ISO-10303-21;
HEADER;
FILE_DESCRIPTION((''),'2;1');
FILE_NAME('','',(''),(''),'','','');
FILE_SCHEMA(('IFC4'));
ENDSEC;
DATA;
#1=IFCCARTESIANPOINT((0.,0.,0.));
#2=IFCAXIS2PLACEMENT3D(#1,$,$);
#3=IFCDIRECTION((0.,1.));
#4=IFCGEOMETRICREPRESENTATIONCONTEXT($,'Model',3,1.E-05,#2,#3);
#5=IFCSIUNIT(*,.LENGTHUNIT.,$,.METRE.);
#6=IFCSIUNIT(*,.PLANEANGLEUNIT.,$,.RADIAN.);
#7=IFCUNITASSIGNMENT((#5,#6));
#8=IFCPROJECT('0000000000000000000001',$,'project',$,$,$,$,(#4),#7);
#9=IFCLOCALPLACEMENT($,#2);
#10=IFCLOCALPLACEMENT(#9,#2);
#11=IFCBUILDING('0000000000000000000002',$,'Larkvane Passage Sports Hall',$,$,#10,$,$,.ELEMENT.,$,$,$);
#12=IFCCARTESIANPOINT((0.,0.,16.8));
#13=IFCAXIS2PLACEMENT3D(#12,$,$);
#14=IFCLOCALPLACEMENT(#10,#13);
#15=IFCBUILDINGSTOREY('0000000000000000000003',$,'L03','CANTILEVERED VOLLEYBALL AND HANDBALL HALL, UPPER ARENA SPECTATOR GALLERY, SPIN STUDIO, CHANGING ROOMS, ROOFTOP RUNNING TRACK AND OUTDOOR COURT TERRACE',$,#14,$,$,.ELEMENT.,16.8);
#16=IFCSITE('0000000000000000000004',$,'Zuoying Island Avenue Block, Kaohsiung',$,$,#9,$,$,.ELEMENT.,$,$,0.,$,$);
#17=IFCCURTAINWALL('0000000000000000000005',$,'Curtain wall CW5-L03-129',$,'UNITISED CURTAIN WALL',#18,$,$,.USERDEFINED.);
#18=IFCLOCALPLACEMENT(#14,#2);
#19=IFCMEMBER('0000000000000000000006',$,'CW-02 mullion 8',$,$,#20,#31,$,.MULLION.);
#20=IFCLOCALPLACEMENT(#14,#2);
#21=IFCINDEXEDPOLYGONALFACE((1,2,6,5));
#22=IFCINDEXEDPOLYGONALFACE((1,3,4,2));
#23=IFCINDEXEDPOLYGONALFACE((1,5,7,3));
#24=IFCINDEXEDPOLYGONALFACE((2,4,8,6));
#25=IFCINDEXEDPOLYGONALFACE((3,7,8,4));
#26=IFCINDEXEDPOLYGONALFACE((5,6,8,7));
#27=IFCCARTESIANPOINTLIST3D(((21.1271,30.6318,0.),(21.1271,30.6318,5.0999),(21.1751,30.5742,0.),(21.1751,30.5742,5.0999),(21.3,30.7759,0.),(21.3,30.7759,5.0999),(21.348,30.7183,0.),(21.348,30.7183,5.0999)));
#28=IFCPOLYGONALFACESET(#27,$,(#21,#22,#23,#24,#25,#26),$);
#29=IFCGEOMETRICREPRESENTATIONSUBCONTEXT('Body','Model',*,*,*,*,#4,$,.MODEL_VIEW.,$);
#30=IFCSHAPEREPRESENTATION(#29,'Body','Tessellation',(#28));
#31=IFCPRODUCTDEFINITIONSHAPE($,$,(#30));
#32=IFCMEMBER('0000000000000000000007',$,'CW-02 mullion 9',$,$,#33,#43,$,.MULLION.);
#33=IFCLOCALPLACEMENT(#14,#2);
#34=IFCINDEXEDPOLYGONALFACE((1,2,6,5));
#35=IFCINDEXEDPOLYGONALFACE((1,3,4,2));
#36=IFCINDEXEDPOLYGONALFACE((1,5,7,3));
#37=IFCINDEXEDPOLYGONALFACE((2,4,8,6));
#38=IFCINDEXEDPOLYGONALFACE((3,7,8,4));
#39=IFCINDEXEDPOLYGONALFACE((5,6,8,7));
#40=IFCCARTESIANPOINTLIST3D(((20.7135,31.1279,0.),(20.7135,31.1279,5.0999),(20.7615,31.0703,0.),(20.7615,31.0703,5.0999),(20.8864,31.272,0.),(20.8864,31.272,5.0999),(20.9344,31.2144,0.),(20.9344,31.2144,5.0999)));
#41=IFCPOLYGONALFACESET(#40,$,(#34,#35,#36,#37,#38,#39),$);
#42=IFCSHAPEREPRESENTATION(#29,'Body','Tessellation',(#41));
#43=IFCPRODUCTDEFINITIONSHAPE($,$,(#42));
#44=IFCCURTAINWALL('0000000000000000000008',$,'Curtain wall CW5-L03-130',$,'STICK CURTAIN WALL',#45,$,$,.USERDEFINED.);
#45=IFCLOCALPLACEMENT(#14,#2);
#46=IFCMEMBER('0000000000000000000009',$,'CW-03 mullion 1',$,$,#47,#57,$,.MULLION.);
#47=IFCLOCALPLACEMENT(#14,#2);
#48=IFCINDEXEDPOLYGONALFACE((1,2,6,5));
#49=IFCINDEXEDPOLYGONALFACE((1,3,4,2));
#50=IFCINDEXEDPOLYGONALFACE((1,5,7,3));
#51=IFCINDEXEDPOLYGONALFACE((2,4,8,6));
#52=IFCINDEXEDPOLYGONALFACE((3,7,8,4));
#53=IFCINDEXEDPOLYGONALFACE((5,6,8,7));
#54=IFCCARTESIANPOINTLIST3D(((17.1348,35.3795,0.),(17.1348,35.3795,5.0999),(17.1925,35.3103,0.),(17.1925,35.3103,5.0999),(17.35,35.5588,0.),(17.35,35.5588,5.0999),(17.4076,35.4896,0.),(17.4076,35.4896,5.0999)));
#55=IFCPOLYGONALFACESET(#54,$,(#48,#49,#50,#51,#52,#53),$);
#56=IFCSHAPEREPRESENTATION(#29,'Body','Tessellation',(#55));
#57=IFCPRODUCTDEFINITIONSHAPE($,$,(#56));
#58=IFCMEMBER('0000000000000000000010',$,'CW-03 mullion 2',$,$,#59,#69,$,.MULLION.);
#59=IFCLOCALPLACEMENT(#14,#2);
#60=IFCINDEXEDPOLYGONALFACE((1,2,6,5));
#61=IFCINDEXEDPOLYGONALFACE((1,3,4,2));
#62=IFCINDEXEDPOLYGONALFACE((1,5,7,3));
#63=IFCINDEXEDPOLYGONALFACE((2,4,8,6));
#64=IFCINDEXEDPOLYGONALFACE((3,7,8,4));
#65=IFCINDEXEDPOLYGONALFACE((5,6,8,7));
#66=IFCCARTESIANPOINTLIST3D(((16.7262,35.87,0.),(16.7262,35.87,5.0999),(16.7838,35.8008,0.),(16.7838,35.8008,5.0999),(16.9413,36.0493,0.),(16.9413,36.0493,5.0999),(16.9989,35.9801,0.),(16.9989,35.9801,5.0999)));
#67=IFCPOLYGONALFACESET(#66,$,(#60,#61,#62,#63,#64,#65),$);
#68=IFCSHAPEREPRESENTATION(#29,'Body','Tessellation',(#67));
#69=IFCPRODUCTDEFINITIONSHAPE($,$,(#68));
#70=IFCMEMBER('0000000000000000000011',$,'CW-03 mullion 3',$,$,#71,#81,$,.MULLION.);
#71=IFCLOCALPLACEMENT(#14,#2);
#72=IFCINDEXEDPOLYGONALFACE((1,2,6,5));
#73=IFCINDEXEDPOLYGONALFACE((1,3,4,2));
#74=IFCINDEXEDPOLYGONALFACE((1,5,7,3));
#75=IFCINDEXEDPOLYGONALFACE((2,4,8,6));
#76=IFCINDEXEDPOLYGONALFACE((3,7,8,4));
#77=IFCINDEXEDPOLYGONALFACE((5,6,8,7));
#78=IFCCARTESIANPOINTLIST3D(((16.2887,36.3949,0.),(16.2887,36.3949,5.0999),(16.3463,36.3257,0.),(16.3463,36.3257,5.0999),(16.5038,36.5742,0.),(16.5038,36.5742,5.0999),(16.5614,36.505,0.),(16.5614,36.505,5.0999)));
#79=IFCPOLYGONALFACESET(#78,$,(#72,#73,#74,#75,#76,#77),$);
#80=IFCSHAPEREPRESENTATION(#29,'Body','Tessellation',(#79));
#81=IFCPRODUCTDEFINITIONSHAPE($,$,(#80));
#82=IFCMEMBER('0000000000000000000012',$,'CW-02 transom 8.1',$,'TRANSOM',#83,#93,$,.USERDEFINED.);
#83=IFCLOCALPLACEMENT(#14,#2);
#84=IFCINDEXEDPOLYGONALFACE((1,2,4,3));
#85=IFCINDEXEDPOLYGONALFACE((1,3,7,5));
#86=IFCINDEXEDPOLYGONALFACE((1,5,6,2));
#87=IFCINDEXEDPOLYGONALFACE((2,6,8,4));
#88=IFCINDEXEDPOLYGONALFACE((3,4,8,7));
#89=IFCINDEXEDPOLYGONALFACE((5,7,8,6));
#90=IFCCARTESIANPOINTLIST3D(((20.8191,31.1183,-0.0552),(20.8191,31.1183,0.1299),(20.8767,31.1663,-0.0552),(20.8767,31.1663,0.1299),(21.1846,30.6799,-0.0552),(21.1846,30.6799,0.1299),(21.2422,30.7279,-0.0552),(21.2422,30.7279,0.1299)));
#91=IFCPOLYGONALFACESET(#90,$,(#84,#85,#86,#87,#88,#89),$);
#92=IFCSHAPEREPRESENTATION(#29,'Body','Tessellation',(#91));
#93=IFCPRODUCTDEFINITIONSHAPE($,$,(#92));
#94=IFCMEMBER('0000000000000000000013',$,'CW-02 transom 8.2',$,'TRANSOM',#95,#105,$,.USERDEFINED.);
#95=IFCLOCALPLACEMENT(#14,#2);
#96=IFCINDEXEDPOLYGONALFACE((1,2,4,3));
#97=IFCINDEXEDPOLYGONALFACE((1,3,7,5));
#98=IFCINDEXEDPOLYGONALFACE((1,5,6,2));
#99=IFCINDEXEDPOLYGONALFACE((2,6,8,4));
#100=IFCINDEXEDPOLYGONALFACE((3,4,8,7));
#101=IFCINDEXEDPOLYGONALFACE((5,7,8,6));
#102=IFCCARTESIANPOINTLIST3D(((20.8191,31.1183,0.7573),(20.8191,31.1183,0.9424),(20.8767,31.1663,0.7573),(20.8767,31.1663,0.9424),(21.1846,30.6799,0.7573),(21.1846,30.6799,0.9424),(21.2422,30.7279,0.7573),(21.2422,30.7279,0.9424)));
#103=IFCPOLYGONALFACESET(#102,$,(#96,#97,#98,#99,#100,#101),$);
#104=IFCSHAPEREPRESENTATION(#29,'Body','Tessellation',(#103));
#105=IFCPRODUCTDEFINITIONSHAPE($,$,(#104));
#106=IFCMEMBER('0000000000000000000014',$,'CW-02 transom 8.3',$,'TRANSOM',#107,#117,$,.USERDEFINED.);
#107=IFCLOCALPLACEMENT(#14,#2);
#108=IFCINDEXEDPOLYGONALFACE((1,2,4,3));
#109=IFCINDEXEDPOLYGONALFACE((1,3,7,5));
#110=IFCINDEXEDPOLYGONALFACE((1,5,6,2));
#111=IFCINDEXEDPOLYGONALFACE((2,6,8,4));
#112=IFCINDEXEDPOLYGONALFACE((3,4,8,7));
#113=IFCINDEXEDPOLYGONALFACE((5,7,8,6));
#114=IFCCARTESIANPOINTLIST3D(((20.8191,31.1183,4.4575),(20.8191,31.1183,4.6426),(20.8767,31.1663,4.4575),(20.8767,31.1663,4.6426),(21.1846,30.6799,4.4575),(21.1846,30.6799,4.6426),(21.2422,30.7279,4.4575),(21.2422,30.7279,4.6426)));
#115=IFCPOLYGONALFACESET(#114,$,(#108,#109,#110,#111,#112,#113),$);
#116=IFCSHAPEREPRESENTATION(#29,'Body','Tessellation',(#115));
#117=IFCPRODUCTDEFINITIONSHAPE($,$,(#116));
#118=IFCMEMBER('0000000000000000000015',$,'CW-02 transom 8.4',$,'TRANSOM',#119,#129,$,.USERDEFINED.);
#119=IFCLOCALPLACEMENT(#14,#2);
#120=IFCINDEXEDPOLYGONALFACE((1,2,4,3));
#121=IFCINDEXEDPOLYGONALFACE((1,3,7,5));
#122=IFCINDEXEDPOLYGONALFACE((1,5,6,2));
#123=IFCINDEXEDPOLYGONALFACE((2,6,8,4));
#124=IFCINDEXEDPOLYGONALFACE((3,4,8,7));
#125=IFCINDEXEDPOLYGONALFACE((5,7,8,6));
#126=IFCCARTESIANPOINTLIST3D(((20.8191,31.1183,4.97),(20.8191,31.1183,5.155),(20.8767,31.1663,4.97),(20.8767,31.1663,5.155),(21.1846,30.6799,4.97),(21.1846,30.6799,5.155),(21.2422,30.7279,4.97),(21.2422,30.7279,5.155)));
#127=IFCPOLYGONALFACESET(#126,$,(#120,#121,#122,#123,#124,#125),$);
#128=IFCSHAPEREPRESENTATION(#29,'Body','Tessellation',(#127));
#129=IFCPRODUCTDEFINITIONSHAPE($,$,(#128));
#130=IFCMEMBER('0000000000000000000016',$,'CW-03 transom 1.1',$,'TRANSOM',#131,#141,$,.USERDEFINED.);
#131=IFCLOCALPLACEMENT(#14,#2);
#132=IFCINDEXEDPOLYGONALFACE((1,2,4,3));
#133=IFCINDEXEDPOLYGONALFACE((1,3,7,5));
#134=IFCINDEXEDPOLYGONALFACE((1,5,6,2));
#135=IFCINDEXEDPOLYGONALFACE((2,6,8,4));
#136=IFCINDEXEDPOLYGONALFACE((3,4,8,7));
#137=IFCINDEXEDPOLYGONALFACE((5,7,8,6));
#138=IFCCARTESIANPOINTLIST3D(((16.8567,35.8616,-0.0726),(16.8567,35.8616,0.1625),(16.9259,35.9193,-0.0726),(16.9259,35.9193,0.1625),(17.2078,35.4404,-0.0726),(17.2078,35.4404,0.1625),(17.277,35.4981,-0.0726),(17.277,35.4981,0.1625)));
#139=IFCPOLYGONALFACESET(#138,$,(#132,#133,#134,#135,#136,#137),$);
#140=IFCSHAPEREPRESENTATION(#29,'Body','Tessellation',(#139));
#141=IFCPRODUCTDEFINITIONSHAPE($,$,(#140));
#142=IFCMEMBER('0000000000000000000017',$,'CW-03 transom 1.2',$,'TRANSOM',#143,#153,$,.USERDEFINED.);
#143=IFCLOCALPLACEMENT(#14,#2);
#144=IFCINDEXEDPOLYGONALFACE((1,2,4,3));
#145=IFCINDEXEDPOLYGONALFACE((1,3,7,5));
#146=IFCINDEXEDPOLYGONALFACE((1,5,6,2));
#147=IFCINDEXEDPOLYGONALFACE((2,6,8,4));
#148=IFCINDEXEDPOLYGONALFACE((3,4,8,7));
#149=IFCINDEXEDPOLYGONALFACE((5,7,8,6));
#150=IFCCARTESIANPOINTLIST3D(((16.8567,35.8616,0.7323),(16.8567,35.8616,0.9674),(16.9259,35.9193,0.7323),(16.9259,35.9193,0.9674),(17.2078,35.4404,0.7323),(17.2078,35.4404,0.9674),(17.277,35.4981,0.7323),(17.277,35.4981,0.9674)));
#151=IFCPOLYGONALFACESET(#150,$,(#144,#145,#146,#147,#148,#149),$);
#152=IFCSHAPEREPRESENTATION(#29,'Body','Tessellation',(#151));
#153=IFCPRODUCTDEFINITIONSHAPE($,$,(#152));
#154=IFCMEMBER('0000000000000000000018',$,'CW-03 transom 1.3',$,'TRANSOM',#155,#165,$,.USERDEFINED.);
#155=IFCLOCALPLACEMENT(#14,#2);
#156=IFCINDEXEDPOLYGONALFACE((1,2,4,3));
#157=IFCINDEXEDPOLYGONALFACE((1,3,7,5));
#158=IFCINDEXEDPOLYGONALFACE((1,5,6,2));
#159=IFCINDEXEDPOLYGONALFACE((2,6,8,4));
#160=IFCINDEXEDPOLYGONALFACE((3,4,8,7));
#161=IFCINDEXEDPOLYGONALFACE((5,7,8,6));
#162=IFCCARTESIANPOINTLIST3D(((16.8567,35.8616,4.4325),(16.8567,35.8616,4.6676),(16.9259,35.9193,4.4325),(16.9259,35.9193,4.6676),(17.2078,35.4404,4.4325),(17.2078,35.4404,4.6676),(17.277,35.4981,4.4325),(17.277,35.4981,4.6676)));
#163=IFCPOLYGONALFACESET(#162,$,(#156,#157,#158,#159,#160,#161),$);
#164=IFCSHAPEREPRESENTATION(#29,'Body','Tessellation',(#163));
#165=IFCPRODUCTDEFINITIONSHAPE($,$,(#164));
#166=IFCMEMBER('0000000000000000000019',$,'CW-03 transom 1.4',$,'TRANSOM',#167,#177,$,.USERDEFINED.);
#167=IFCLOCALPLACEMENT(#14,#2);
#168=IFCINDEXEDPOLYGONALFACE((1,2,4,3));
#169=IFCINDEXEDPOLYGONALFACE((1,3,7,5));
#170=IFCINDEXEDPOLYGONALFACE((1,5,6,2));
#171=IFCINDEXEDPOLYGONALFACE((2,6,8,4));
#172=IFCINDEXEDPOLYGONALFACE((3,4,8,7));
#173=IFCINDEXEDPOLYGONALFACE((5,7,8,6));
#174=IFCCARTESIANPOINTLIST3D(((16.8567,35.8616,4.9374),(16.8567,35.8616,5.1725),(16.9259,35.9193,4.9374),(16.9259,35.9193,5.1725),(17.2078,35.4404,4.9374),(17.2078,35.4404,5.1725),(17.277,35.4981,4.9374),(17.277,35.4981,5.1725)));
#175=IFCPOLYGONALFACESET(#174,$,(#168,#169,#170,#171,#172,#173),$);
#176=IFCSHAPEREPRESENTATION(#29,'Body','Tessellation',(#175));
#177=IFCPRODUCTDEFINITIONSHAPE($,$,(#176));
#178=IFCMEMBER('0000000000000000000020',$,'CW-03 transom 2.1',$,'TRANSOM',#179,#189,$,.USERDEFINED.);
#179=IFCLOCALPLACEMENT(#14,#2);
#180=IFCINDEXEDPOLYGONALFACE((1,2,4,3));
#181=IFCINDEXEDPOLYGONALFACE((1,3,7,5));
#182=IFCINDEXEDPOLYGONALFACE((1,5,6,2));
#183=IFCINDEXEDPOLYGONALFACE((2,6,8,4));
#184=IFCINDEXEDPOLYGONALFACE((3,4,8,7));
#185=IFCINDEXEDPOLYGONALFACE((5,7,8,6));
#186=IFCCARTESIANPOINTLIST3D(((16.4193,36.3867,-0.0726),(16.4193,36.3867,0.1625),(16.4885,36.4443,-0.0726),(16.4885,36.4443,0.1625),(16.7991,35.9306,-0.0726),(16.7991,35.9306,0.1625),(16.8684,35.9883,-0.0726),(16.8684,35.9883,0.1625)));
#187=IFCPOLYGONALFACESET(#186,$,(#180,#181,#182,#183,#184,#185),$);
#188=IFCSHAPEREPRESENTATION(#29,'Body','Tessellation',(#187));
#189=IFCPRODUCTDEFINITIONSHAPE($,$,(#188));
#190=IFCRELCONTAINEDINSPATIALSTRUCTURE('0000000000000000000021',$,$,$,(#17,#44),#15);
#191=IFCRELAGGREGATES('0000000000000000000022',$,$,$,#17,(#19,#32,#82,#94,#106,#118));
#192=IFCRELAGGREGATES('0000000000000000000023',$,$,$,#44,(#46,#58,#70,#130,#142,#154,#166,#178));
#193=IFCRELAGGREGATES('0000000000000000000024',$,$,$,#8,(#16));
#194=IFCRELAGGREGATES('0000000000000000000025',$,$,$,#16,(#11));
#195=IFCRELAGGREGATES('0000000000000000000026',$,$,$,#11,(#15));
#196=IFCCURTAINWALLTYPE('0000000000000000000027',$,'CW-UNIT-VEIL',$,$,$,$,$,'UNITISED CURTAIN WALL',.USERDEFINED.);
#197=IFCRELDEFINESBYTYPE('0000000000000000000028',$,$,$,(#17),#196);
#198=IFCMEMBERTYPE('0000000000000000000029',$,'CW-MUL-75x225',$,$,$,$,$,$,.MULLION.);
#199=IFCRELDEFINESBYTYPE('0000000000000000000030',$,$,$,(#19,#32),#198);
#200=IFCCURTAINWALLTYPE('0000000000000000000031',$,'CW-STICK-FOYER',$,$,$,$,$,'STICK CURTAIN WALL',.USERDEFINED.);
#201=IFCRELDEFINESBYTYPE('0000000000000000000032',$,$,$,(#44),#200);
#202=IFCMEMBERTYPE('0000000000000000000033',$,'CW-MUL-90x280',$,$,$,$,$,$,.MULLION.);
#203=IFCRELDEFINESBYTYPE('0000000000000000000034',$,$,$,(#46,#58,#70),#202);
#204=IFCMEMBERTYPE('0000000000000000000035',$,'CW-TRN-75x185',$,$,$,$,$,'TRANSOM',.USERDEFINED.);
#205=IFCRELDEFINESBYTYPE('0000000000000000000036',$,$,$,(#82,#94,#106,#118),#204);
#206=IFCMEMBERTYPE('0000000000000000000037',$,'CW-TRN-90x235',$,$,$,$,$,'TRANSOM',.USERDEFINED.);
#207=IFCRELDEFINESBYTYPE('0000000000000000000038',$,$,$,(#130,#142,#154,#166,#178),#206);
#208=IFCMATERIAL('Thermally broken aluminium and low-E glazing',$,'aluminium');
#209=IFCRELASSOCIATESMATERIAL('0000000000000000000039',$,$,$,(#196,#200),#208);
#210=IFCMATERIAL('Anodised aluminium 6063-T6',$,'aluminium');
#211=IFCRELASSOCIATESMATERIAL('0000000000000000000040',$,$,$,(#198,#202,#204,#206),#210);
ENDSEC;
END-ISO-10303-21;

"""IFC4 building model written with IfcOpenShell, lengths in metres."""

from ifc_helpers import new_model, si_unit, direction, frame, origin, origin_2d, place, context, subcontext, project, spatial, rectangle, extrude, material, material_profile, profile_set, type_object, element, aggregate, save


model = new_model("IFC4")

# Units and contexts
model_context = context("Model", 3, precision=1e-05, world=origin(), true_north=direction((0.0, 1.0)))
body_context = subcontext(model_context, "Body", "Model", "MODEL_VIEW")
ifc_project = project(units=[si_unit("LENGTHUNIT", "METRE"), si_unit("PLANEANGLEUNIT", "RADIAN")], contexts=[model_context])

# Site, building, storey
site_placement = place(None, origin())
site = spatial("IfcSite", under=ifc_project, at=site_placement, Name="Zuoying Island Avenue Block, Kaohsiung", CompositionType="ELEMENT", RefElevation=0.0)
building_placement = place(site_placement, origin())
building = spatial("IfcBuilding", under=site, at=building_placement, Name="Larkvane Passage Sports Hall", CompositionType="ELEMENT")
storey_placement = place(building_placement, frame((0.0, 0.0, 16.8)))
storey = spatial("IfcBuildingStorey", under=building, at=storey_placement, Name="L03", Description="CANTILEVERED VOLLEYBALL AND HANDBALL HALL, UPPER ARENA SPECTATOR GALLERY, SPIN STUDIO, CHANGING ROOMS, ROOFTOP RUNNING TRACK AND OUTDOOR COURT TERRACE", CompositionType="ELEMENT", Elevation=16.8)

# Curtain walls, members
ifc_material_1 = material(Name="Thermally broken aluminium and low-E glazing", Category="aluminium")
curtain_wall_type_1 = type_object("IfcCurtainWallType", Name="CW-UNIT-VEIL", ElementType="UNITISED CURTAIN WALL", PredefinedType="USERDEFINED", material=ifc_material_1)
curtain_wall_1_placement = place(storey_placement, origin())
curtain_wall_1 = element("IfcCurtainWall", 1, at=curtain_wall_1_placement, inside=storey, type_object=curtain_wall_type_1, Name="Curtain wall CW5-L03-129", ObjectType="UNITISED CURTAIN WALL", PredefinedType="USERDEFINED")
ifc_material_2 = material(Name="Anodised aluminium 6063-T6", Category="aluminium")
ifc_material_profile_1 = material_profile(ifc_material_2, rectangle(XDim=0.075, YDim=0.2251, at=origin_2d()), Name="ALU-MUL-75x225")
ifc_profile_set_1 = profile_set([ifc_material_profile_1], Name="Anodised aluminium 6063-T6")
member_type_1 = type_object("IfcMemberType", Name="CW-MUL-75x225", PredefinedType="MULLION", material=ifc_profile_set_1)
member_1_placement = place(storey_placement, frame((21.2375, 30.675, 0.0), z_axis=(0.0, 0.0, 1.0), x_axis=(-0.640184, 0.768221, 0.0)))
member_1 = element("IfcMember", 2, at=member_1_placement, type_object=member_type_1, Name="CW-02 mullion 8", PredefinedType="MULLION", context=body_context, shape_type="SweptSolid", body=[
    extrude(rectangle(XDim=0.075, YDim=0.2251, at=origin_2d()), origin(), (0.0, 0.0, 1.0), 5.0999),
])
member_2_placement = place(storey_placement, frame((20.824, 31.1711, 0.0), z_axis=(0.0, 0.0, 1.0), x_axis=(-0.640184, 0.768221, 0.0)))
member_2 = element("IfcMember", 3, at=member_2_placement, type_object=member_type_1, Name="CW-02 mullion 9", PredefinedType="MULLION", context=body_context, shape_type="SweptSolid", body=[
    extrude(rectangle(XDim=0.075, YDim=0.2251, at=origin_2d()), origin(), (0.0, 0.0, 1.0), 5.0999),
])
curtain_wall_type_2 = type_object("IfcCurtainWallType", Name="CW-STICK-FOYER", ElementType="STICK CURTAIN WALL", PredefinedType="USERDEFINED", material=ifc_material_1)
curtain_wall_2_placement = place(storey_placement, origin())
curtain_wall_2 = element("IfcCurtainWall", 4, at=curtain_wall_2_placement, inside=storey, type_object=curtain_wall_type_2, Name="Curtain wall CW5-L03-130", ObjectType="STICK CURTAIN WALL", PredefinedType="USERDEFINED")
ifc_material_profile_2 = material_profile(ifc_material_2, rectangle(XDim=0.0901, YDim=0.28, at=origin_2d()), Name="ALU-MUL-90x280")
ifc_profile_set_2 = profile_set([ifc_material_profile_2], Name="Anodised aluminium 6063-T6")
member_type_2 = type_object("IfcMemberType", Name="CW-MUL-90x280", PredefinedType="MULLION", material=ifc_profile_set_2)
member_3_placement = place(storey_placement, frame((17.2712, 35.4346, 0.0), z_axis=(0.0, 0.0, 1.0), x_axis=(-0.640184, 0.768221, 0.0)))
member_3 = element("IfcMember", 5, at=member_3_placement, type_object=member_type_2, Name="CW-03 mullion 1", PredefinedType="MULLION", context=body_context, shape_type="SweptSolid", body=[
    extrude(rectangle(XDim=0.0901, YDim=0.28, at=origin_2d()), origin(), (0.0, 0.0, 1.0), 5.0999),
])
member_4_placement = place(storey_placement, frame((16.8625, 35.925, 0.0), z_axis=(0.0, 0.0, 1.0), x_axis=(-0.640184, 0.768221, 0.0)))
member_4 = element("IfcMember", 6, at=member_4_placement, type_object=member_type_2, Name="CW-03 mullion 2", PredefinedType="MULLION", context=body_context, shape_type="SweptSolid", body=[
    extrude(rectangle(XDim=0.0901, YDim=0.28, at=origin_2d()), origin(), (0.0, 0.0, 1.0), 5.0999),
])
member_5_placement = place(storey_placement, frame((16.425, 36.45, 0.0), z_axis=(0.0, 0.0, 1.0), x_axis=(-0.640184, 0.768221, 0.0)))
member_5 = element("IfcMember", 7, at=member_5_placement, type_object=member_type_2, Name="CW-03 mullion 3", PredefinedType="MULLION", context=body_context, shape_type="SweptSolid", body=[
    extrude(rectangle(XDim=0.0901, YDim=0.28, at=origin_2d()), origin(), (0.0, 0.0, 1.0), 5.0999),
])

# Members
ifc_material_profile_3 = material_profile(ifc_material_2, rectangle(XDim=0.075, YDim=0.1851, at=origin_2d()), Name="ALU-TRN-75x185")
ifc_profile_set_3 = profile_set([ifc_material_profile_3], Name="Anodised aluminium 6063-T6")
member_type_3 = type_object("IfcMemberType", Name="CW-TRN-75x185", ElementType="TRANSOM", PredefinedType="USERDEFINED", material=ifc_profile_set_3)
member_6_placement = place(storey_placement, frame((21.2134, 30.7039, 0.0374), z_axis=(-0.640269, 0.768151, 0.0), x_axis=(-0.768151, -0.640269, 0.0)))
member_6 = element("IfcMember", 8, at=member_6_placement, type_object=member_type_3, Name="CW-02 transom 8.1", ObjectType="TRANSOM", PredefinedType="USERDEFINED", context=body_context, shape_type="SweptSolid", body=[
    extrude(rectangle(XDim=0.075, YDim=0.1851, at=origin_2d()), origin(), (0.0, 0.0, 1.0), 0.5708),
])
member_7_placement = place(storey_placement, frame((21.2134, 30.7039, 0.8499), z_axis=(-0.640269, 0.768151, 0.0), x_axis=(-0.768151, -0.640269, 0.0)))
member_7 = element("IfcMember", 9, at=member_7_placement, type_object=member_type_3, Name="CW-02 transom 8.2", ObjectType="TRANSOM", PredefinedType="USERDEFINED", context=body_context, shape_type="SweptSolid", body=[
    extrude(rectangle(XDim=0.075, YDim=0.1851, at=origin_2d()), origin(), (0.0, 0.0, 1.0), 0.5708),
])
member_8_placement = place(storey_placement, frame((21.2134, 30.7039, 4.55), z_axis=(-0.640269, 0.768151, 0.0), x_axis=(-0.768151, -0.640269, 0.0)))
member_8 = element("IfcMember", 10, at=member_8_placement, type_object=member_type_3, Name="CW-02 transom 8.3", ObjectType="TRANSOM", PredefinedType="USERDEFINED", context=body_context, shape_type="SweptSolid", body=[
    extrude(rectangle(XDim=0.075, YDim=0.1851, at=origin_2d()), origin(), (0.0, 0.0, 1.0), 0.5708),
])
member_9_placement = place(storey_placement, frame((21.2134, 30.7039, 5.0625), z_axis=(-0.640269, 0.768151, 0.0), x_axis=(-0.768151, -0.640269, 0.0)))
member_9 = element("IfcMember", 11, at=member_9_placement, type_object=member_type_3, Name="CW-02 transom 8.4", ObjectType="TRANSOM", PredefinedType="USERDEFINED", context=body_context, shape_type="SweptSolid", body=[
    extrude(rectangle(XDim=0.075, YDim=0.1851, at=origin_2d()), origin(), (0.0, 0.0, 1.0), 0.5708),
])
ifc_material_profile_4 = material_profile(ifc_material_2, rectangle(XDim=0.0901, YDim=0.2351, at=origin_2d()), Name="ALU-TRN-90x235")
ifc_profile_set_4 = profile_set([ifc_material_profile_4], Name="Anodised aluminium 6063-T6")
member_type_4 = type_object("IfcMemberType", Name="CW-TRN-90x235", ElementType="TRANSOM", PredefinedType="USERDEFINED", material=ifc_profile_set_4)
member_10_placement = place(storey_placement, frame((17.2424, 35.4692, 0.0449), z_axis=(-0.640316, 0.768112, 0.0), x_axis=(-0.768112, -0.640316, 0.0)))
member_10 = element("IfcMember", 12, at=member_10_placement, type_object=member_type_4, Name="CW-03 transom 1.1", ObjectType="TRANSOM", PredefinedType="USERDEFINED", context=body_context, shape_type="SweptSolid", body=[
    extrude(rectangle(XDim=0.0901, YDim=0.2351, at=origin_2d()), origin(), (0.0, 0.0, 1.0), 0.5483),
])
member_11_placement = place(storey_placement, frame((17.2424, 35.4692, 0.8499), z_axis=(-0.640316, 0.768112, 0.0), x_axis=(-0.768112, -0.640316, 0.0)))
member_11 = element("IfcMember", 13, at=member_11_placement, type_object=member_type_4, Name="CW-03 transom 1.2", ObjectType="TRANSOM", PredefinedType="USERDEFINED", context=body_context, shape_type="SweptSolid", body=[
    extrude(rectangle(XDim=0.0901, YDim=0.2351, at=origin_2d()), origin(), (0.0, 0.0, 1.0), 0.5483),
])
member_12_placement = place(storey_placement, frame((17.2424, 35.4692, 4.55), z_axis=(-0.640316, 0.768112, 0.0), x_axis=(-0.768112, -0.640316, 0.0)))
member_12 = element("IfcMember", 14, at=member_12_placement, type_object=member_type_4, Name="CW-03 transom 1.3", ObjectType="TRANSOM", PredefinedType="USERDEFINED", context=body_context, shape_type="SweptSolid", body=[
    extrude(rectangle(XDim=0.0901, YDim=0.2351, at=origin_2d()), origin(), (0.0, 0.0, 1.0), 0.5483),
])
member_13_placement = place(storey_placement, frame((17.2424, 35.4692, 5.0549), z_axis=(-0.640316, 0.768112, 0.0), x_axis=(-0.768112, -0.640316, 0.0)))
member_13 = element("IfcMember", 15, at=member_13_placement, type_object=member_type_4, Name="CW-03 transom 1.4", ObjectType="TRANSOM", PredefinedType="USERDEFINED", context=body_context, shape_type="SweptSolid", body=[
    extrude(rectangle(XDim=0.0901, YDim=0.2351, at=origin_2d()), origin(), (0.0, 0.0, 1.0), 0.5483),
])
member_14_placement = place(storey_placement, frame((16.8337, 35.9595, 0.0449), z_axis=(-0.640023, 0.768356, 0.0), x_axis=(-0.768356, -0.640023, 0.0)))
member_14 = element("IfcMember", 16, at=member_14_placement, type_object=member_type_4, Name="CW-03 transom 2.1", ObjectType="TRANSOM", PredefinedType="USERDEFINED", context=body_context, shape_type="SweptSolid", body=[
    extrude(rectangle(XDim=0.0901, YDim=0.2351, at=origin_2d()), origin(), (0.0, 0.0, 1.0), 0.5935),
])

aggregate(curtain_wall_1, [member_1, member_2, member_6, member_7, member_8, member_9])
aggregate(curtain_wall_2, [member_3, member_4, member_5, member_10, member_11, member_12, member_13, member_14])

save(model, "model.ifc")
